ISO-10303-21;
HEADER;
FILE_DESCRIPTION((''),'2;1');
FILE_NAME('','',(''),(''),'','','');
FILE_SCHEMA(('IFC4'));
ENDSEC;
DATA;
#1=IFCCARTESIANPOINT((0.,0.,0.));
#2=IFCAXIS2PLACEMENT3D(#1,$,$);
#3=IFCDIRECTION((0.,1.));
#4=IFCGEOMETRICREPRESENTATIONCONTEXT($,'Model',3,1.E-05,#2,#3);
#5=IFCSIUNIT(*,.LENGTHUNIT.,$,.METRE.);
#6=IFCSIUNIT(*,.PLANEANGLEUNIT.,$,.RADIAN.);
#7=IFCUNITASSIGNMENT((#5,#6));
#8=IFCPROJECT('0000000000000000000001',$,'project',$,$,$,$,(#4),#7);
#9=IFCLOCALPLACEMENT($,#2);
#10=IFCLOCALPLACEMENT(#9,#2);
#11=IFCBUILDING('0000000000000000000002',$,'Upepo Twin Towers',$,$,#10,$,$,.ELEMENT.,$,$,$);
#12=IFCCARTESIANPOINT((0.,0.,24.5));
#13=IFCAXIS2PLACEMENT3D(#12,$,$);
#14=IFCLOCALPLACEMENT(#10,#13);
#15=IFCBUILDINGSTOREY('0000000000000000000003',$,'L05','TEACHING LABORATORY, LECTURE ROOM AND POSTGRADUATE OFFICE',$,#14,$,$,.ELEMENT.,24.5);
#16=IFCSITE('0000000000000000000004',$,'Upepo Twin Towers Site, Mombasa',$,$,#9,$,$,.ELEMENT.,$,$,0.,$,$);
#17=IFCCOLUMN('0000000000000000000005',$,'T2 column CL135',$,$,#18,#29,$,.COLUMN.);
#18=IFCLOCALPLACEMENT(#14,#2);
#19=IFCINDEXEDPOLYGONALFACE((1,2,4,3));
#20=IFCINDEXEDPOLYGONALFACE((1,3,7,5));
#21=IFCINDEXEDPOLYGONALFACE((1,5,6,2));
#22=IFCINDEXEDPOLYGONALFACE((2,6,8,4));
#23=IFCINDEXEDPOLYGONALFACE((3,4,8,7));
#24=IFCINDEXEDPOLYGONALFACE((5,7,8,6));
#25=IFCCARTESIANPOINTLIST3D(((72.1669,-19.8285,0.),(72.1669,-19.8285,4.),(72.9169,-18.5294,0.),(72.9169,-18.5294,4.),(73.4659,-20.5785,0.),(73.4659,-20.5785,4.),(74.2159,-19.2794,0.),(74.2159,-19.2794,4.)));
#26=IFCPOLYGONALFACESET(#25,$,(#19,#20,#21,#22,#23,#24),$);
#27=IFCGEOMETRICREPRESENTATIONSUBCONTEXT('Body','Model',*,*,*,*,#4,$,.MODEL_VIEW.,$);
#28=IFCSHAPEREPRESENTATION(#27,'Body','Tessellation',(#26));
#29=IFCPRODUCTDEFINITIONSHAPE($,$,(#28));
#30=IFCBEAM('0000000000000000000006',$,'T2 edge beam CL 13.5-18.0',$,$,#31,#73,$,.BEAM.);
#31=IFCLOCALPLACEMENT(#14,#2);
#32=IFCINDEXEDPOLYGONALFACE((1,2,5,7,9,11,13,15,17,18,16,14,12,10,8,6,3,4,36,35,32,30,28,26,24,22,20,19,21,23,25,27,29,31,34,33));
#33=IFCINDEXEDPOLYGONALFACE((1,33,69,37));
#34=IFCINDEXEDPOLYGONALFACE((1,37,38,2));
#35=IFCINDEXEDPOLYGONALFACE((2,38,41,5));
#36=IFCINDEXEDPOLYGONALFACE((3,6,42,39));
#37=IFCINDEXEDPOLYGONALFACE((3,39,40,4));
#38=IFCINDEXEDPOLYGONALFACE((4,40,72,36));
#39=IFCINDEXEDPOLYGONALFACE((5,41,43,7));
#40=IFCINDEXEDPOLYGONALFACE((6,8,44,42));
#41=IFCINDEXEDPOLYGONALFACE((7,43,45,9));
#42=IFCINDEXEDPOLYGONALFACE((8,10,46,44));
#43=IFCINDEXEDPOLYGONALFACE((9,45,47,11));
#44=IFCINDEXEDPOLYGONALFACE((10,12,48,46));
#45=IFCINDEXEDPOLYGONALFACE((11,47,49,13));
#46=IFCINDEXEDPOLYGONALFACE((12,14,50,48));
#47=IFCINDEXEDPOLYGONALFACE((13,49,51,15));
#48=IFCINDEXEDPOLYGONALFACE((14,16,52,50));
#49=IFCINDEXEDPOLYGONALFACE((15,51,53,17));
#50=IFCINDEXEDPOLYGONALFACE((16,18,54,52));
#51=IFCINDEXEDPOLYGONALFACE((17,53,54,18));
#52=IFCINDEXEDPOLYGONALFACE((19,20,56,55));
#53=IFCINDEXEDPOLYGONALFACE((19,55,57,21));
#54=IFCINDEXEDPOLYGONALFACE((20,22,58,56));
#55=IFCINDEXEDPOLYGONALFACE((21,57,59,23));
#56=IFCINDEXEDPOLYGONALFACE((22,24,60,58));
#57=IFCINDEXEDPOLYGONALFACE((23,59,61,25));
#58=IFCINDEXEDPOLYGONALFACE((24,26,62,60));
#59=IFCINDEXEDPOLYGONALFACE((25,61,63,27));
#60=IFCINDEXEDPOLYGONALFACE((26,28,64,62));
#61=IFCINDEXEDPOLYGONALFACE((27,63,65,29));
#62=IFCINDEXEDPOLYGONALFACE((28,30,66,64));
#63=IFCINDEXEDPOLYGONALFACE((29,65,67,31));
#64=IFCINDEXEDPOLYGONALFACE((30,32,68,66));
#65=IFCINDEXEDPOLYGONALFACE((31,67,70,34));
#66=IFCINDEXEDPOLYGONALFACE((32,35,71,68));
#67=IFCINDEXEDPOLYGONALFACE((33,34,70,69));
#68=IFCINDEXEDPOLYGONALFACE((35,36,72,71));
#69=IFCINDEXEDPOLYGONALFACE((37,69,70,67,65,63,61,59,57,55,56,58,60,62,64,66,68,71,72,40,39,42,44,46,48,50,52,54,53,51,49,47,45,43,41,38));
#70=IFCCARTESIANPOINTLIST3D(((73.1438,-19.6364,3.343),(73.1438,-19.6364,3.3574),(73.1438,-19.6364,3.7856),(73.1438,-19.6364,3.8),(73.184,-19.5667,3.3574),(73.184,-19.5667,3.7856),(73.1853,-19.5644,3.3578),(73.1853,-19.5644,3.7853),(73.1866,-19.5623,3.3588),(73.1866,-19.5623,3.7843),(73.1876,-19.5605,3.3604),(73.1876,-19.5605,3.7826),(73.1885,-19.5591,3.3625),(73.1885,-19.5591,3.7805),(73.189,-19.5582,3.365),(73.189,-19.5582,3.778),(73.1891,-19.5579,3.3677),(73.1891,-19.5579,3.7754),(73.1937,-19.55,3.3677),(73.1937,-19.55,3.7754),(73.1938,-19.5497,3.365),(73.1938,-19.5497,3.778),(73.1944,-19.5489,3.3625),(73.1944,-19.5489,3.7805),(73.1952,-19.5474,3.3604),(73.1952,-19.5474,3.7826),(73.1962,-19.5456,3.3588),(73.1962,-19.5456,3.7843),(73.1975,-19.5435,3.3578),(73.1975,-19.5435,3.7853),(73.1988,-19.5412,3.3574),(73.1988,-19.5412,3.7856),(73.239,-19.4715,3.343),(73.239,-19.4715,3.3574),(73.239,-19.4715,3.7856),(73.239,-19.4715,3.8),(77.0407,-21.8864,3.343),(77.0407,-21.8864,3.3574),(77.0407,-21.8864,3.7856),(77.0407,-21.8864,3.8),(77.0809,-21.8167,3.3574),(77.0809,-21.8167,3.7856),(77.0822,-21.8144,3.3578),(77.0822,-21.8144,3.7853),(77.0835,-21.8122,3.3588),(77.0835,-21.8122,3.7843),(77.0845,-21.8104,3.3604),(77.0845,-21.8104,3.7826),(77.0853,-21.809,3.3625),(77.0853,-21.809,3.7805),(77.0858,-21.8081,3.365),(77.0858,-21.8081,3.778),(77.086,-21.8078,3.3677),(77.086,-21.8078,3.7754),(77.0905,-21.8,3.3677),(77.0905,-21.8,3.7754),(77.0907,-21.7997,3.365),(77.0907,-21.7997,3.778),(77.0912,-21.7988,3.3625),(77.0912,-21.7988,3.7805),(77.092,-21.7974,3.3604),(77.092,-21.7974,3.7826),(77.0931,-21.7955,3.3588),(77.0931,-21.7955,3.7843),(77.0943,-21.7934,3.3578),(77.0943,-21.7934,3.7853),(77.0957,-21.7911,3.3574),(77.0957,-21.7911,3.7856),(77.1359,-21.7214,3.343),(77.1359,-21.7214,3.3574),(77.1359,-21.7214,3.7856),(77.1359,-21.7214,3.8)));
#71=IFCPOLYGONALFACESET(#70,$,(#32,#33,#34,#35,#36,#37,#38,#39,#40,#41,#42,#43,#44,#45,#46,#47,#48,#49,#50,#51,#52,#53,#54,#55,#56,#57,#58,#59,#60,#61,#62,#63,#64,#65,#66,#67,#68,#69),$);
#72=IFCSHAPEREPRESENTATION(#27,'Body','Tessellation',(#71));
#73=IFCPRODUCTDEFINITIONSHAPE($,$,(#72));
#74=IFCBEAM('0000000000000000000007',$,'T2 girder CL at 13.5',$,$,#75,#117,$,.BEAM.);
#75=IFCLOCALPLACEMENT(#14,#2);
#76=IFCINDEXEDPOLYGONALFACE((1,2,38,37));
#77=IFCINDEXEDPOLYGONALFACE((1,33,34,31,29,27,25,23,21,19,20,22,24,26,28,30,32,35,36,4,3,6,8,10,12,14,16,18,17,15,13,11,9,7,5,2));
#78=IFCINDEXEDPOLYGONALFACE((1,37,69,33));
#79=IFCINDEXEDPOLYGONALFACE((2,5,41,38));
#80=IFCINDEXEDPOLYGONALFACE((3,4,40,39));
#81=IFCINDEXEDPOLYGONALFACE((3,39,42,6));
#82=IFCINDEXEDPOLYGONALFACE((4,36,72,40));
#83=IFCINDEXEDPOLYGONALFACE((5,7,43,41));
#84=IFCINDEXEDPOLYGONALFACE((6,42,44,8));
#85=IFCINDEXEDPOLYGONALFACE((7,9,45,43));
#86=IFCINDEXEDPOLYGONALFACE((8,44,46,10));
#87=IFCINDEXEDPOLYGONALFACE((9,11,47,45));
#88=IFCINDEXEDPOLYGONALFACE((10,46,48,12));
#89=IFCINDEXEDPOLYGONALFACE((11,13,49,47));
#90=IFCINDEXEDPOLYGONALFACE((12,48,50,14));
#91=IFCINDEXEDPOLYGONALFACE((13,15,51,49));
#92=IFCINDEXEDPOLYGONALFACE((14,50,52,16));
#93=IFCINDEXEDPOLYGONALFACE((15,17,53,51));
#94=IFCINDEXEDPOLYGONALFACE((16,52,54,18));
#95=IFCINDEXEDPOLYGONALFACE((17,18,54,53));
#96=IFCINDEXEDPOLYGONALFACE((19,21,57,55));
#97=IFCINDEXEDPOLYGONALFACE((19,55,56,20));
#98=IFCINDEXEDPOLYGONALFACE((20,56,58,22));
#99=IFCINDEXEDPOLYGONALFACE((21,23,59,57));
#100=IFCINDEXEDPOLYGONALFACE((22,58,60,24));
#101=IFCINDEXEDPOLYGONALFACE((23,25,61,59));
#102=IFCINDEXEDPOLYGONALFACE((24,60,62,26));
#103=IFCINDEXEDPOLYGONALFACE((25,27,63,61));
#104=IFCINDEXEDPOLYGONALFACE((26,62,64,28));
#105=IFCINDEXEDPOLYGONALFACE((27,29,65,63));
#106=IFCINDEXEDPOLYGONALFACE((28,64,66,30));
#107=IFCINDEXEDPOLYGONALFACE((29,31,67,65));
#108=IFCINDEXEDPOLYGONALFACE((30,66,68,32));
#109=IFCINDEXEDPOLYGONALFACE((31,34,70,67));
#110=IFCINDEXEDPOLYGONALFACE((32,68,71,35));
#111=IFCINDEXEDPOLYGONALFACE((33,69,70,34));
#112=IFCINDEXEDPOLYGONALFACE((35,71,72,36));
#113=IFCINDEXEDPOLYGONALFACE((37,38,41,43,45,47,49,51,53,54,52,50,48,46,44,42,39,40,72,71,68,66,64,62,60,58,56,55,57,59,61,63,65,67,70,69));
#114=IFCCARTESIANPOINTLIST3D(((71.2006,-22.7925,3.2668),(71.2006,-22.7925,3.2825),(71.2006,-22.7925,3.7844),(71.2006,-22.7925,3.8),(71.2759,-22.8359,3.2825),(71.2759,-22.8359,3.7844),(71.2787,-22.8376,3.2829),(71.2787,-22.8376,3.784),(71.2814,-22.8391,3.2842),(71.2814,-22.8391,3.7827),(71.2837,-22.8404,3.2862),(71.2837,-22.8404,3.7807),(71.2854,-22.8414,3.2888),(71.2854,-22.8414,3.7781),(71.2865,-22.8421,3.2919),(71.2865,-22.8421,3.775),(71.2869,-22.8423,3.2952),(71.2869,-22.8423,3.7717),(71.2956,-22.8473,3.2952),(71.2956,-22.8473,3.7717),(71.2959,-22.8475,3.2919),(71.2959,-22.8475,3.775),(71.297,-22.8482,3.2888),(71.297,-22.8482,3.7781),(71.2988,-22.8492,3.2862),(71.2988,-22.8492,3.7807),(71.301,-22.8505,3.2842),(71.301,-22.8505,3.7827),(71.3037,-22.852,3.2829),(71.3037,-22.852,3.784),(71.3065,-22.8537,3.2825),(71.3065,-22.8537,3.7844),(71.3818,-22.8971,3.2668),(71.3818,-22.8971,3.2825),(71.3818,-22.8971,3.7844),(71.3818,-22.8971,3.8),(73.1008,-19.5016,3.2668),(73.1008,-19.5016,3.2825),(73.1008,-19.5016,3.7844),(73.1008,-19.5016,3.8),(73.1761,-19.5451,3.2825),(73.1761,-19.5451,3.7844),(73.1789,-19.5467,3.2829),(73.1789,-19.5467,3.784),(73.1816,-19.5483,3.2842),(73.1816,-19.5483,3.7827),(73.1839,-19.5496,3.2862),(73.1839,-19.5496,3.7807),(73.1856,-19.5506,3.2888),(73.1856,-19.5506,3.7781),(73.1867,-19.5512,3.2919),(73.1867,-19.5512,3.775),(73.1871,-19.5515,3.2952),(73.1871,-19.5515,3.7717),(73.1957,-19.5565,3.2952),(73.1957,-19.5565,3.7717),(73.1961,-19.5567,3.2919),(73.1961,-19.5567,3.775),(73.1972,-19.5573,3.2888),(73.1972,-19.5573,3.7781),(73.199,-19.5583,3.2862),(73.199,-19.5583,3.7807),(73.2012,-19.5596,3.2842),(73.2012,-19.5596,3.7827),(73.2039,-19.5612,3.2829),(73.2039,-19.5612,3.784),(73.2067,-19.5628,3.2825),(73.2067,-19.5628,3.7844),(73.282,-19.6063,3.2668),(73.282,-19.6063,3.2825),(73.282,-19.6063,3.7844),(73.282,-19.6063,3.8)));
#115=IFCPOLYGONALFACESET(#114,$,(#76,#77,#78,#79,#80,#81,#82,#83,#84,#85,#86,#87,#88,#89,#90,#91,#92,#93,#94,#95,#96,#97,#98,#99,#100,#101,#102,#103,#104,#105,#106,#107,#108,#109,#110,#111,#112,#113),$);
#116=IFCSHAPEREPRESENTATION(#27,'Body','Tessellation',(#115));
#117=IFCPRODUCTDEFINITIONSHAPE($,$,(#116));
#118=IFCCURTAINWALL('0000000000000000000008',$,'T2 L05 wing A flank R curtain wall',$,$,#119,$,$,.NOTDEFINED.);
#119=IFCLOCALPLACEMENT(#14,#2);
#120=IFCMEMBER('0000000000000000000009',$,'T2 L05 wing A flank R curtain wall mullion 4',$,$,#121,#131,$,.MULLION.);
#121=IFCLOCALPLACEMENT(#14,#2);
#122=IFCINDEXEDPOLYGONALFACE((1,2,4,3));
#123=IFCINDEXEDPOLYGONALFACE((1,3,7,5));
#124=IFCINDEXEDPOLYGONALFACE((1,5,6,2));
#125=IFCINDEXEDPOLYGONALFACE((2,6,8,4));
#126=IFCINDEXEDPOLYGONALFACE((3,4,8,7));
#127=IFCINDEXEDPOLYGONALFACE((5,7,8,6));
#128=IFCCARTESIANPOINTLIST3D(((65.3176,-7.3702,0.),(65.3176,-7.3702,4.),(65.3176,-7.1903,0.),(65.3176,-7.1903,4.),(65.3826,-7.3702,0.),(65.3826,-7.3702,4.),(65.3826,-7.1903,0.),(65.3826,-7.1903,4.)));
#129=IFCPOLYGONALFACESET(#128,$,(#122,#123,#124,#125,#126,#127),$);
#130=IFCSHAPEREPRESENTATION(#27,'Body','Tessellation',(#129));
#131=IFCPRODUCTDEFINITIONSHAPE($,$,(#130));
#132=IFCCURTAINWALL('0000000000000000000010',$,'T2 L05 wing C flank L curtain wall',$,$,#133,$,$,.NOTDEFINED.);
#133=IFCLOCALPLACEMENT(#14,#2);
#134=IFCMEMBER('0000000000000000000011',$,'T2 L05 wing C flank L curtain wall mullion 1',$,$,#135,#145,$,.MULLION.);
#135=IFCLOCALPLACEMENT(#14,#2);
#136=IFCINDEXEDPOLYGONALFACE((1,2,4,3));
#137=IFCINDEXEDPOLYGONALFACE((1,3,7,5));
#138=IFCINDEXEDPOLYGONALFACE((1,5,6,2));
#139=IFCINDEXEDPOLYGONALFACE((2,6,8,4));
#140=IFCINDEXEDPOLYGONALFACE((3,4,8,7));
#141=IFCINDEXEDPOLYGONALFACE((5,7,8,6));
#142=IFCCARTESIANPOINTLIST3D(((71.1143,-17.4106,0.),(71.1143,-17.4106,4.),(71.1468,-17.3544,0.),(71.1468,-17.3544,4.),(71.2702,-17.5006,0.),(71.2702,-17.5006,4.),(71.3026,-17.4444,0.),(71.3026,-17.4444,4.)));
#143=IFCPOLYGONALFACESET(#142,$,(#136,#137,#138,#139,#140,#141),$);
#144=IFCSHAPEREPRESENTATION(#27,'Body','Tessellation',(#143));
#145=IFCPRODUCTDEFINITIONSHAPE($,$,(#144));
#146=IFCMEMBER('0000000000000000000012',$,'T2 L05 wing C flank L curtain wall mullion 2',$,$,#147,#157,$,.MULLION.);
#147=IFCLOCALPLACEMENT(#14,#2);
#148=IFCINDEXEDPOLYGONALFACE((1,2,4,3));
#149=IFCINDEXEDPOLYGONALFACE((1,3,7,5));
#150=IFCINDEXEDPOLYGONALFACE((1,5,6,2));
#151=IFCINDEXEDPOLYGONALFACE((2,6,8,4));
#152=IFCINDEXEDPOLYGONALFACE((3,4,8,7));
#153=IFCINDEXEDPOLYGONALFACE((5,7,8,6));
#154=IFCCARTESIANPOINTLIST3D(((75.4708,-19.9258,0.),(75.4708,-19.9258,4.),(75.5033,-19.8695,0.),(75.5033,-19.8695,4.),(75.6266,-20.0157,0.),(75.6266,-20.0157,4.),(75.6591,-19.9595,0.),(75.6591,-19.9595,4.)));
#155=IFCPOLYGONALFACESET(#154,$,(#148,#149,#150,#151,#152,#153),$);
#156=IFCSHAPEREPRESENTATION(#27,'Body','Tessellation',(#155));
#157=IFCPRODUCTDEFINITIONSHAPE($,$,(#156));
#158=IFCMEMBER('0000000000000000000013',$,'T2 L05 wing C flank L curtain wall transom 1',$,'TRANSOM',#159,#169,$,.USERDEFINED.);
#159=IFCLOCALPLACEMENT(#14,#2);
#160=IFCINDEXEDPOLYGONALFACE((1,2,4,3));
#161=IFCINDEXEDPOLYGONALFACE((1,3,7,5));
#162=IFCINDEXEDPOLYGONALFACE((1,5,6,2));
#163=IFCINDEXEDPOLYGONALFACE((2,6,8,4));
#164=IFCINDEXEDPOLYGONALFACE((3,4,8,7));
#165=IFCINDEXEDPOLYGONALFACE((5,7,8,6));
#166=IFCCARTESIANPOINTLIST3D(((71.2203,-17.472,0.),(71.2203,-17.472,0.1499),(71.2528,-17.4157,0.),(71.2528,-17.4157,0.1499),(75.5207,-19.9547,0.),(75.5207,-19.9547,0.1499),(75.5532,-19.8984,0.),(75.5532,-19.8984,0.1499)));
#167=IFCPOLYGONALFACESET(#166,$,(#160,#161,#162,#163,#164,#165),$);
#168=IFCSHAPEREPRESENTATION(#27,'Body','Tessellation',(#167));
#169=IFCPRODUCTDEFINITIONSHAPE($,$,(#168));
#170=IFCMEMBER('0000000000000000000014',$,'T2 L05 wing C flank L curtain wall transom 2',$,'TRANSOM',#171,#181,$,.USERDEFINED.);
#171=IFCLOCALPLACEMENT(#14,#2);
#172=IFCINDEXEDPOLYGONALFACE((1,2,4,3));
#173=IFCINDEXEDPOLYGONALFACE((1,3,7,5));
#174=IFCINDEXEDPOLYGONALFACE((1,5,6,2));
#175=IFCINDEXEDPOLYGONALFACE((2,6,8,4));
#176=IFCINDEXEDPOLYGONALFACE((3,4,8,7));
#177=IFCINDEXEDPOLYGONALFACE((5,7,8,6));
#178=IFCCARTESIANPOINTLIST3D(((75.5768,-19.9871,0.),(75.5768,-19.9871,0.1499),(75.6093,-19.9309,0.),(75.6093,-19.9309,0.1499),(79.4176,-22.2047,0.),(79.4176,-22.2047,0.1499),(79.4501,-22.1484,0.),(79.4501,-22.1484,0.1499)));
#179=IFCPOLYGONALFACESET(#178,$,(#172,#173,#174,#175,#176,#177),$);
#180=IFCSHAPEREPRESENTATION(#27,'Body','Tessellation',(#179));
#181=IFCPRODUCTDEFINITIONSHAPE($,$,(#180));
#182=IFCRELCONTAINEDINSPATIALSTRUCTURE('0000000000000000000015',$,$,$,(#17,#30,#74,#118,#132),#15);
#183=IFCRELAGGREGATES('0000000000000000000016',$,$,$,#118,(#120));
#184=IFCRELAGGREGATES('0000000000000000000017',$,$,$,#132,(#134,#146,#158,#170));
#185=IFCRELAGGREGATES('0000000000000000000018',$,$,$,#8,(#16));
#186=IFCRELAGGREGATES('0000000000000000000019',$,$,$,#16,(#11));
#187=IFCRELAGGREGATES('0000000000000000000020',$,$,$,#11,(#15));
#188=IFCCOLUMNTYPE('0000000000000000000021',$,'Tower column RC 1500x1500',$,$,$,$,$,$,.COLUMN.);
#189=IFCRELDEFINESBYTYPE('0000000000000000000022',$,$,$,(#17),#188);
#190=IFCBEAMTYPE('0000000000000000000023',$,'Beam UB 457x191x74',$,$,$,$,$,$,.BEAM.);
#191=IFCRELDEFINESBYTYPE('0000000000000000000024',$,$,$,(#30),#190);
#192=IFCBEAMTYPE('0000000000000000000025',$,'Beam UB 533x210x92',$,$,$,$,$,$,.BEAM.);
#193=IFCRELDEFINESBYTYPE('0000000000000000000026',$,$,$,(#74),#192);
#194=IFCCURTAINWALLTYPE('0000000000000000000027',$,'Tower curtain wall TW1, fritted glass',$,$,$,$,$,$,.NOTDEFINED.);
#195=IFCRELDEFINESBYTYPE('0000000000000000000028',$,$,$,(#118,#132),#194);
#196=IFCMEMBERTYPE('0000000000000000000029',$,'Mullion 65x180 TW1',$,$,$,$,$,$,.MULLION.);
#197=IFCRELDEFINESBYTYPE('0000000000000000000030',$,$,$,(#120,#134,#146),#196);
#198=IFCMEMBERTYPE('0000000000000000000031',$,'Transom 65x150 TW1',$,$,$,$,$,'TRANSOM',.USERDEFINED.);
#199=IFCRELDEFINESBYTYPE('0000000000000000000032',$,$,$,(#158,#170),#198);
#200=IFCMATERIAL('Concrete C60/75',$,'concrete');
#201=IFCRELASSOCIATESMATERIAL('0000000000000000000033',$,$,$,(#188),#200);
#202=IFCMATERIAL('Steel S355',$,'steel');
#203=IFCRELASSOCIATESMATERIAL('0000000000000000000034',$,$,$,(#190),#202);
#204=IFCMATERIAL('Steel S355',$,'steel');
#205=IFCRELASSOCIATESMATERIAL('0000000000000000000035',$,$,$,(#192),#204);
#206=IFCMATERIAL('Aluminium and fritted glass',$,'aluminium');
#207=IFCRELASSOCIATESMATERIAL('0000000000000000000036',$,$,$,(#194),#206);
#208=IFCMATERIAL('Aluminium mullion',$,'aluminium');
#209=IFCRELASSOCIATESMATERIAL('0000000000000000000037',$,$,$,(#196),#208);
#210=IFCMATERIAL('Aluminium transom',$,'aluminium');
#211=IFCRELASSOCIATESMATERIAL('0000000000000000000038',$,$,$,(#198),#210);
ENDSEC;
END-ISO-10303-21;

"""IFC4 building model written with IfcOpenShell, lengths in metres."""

from ifc_helpers import new_model, si_unit, direction, frame, origin, origin_2d, place, context, subcontext, project, spatial, rectangle, i_section, extrude, material, material_profile, profile_set, type_object, element, aggregate, save


model = new_model("IFC4")

# Units and contexts
model_context = context("Model", 3, precision=1e-05, world=origin(), true_north=direction((0.0, 1.0)))
body_context = subcontext(model_context, "Body", "Model", "MODEL_VIEW")
ifc_project = project(units=[si_unit("LENGTHUNIT", "METRE"), si_unit("PLANEANGLEUNIT", "RADIAN")], contexts=[model_context])

# Site, building, storey
site_placement = place(None, origin())
site = spatial("IfcSite", under=ifc_project, at=site_placement, Name="Upepo Twin Towers Site, Mombasa", CompositionType="ELEMENT", RefElevation=0.0)
building_placement = place(site_placement, origin())
building = spatial("IfcBuilding", under=site, at=building_placement, Name="Upepo Twin Towers", CompositionType="ELEMENT")
storey_placement = place(building_placement, frame((0.0, 0.0, 24.5)))
storey = spatial("IfcBuildingStorey", under=building, at=storey_placement, Name="L05", Description="TEACHING LABORATORY, LECTURE ROOM AND POSTGRADUATE OFFICE", CompositionType="ELEMENT", Elevation=24.5)

# Column
ifc_material_1 = material(Name="Concrete C60/75", Category="concrete")
ifc_material_profile_1 = material_profile(ifc_material_1, rectangle(XDim=1.5, YDim=1.5, at=origin_2d()), Name="RC 1500x1500")
ifc_profile_set_1 = profile_set([ifc_material_profile_1], Name="Concrete C60/75")
column_type = type_object("IfcColumnType", Name="Tower column RC 1500x1500", PredefinedType="COLUMN", material=ifc_profile_set_1)
column_placement = place(storey_placement, frame((73.1914, -19.554, 0.0), z_axis=(0.0, 0.0, 1.0), x_axis=(0.5, 0.866025, 0.0)))
element("IfcColumn", 1, at=column_placement, inside=storey, type_object=column_type, Name="T2 column CL135", PredefinedType="COLUMN", context=body_context, shape_type="SweptSolid", body=[
    extrude(rectangle(XDim=1.5, YDim=1.5, at=origin_2d()), origin(), (0.0, 0.0, 1.0), 4.0),
])

# Beams
ifc_material_2 = material(Name="Steel S355", Category="steel")
ifc_material_profile_2 = material_profile(ifc_material_2, i_section(OverallWidth=0.1904, OverallDepth=0.457, WebThickness=0.009, FlangeThickness=0.0144, FilletRadius=0.0103, at=origin_2d()), Name="UB 457x191x74")
ifc_profile_set_2 = profile_set([ifc_material_profile_2], Name="Steel S355")
beam_type_1 = type_object("IfcBeamType", Name="Beam UB 457x191x74", PredefinedType="BEAM", material=ifc_profile_set_2)
beam_1_placement = place(storey_placement, frame((73.1914, -19.554, 3.5715), z_axis=(0.866018, -0.500014, 0.0), x_axis=(0.500014, 0.866018, 0.0)))
element("IfcBeam", 2, at=beam_1_placement, inside=storey, type_object=beam_type_1, Name="T2 edge beam CL 13.5-18.0", PredefinedType="BEAM", context=body_context, shape_type="SweptSolid", body=[
    extrude(i_section(OverallWidth=0.1904, OverallDepth=0.457, WebThickness=0.009, FlangeThickness=0.0144, FilletRadius=0.0103, at=origin_2d()), origin(), (0.0, 0.0, 1.0), 4.4998),
])
ifc_material_3 = material(Name="Steel S355", Category="steel")
ifc_material_profile_3 = material_profile(ifc_material_3, i_section(OverallWidth=0.2092, OverallDepth=0.5332, WebThickness=0.01, FlangeThickness=0.0156, FilletRadius=0.0127, at=origin_2d()), Name="UB 533x210x92")
ifc_profile_set_3 = profile_set([ifc_material_profile_3], Name="Steel S355")
beam_type_2 = type_object("IfcBeamType", Name="Beam UB 533x210x92", PredefinedType="BEAM", material=ifc_profile_set_3)
beam_2_placement = place(storey_placement, frame((73.1914, -19.554, 3.5334), z_axis=(-0.500043, -0.866, 0.0), x_axis=(0.866, -0.500043, 0.0)))
element("IfcBeam", 3, at=beam_2_placement, inside=storey, type_object=beam_type_2, Name="T2 girder CL at 13.5", PredefinedType="BEAM", context=body_context, shape_type="SweptSolid", body=[
    extrude(i_section(OverallWidth=0.2092, OverallDepth=0.5332, WebThickness=0.01, FlangeThickness=0.0156, FilletRadius=0.0127, at=origin_2d()), origin(), (0.0, 0.0, 1.0), 3.8),
])

# Curtain wall, member
ifc_material_4 = material(Name="Aluminium and fritted glass", Category="aluminium")
curtain_wall_type = type_object("IfcCurtainWallType", Name="Tower curtain wall TW1, fritted glass", PredefinedType="NOTDEFINED", material=ifc_material_4)
curtain_wall_1_placement = place(storey_placement, origin())
curtain_wall_1 = element("IfcCurtainWall", 4, at=curtain_wall_1_placement, inside=storey, type_object=curtain_wall_type, Name="T2 L05 wing A flank R curtain wall", PredefinedType="NOTDEFINED")
ifc_material_5 = material(Name="Aluminium mullion", Category="aluminium")
ifc_material_profile_4 = material_profile(ifc_material_5, rectangle(XDim=0.0649, YDim=0.1799, at=origin_2d()), Name="MULLION 65x180")
ifc_profile_set_4 = profile_set([ifc_material_profile_4], Name="Aluminium mullion")
member_type_1 = type_object("IfcMemberType", Name="Mullion 65x180 TW1", PredefinedType="MULLION", material=ifc_profile_set_4)
member_1_placement = place(storey_placement, frame((65.3501, -7.2803, 0.0), z_axis=(0.0, 0.0, 1.0), x_axis=(1.0, 0.0, 0.0)))
member_1 = element("IfcMember", 5, at=member_1_placement, type_object=member_type_1, Name="T2 L05 wing A flank R curtain wall mullion 4", PredefinedType="MULLION", context=body_context, shape_type="SweptSolid", body=[
    extrude(rectangle(XDim=0.0649, YDim=0.1799, at=origin_2d()), origin(), (0.0, 0.0, 1.0), 4.0),
])

# Curtain wall, members
curtain_wall_2_placement = place(storey_placement, origin())
curtain_wall_2 = element("IfcCurtainWall", 6, at=curtain_wall_2_placement, inside=storey, type_object=curtain_wall_type, Name="T2 L05 wing C flank L curtain wall", PredefinedType="NOTDEFINED")
member_2_placement = place(storey_placement, frame((71.2085, -17.4275, 0.0), z_axis=(0.0, 0.0, 1.0), x_axis=(0.5, 0.866025, 0.0)))
member_2 = element("IfcMember", 7, at=member_2_placement, type_object=member_type_1, Name="T2 L05 wing C flank L curtain wall mullion 1", PredefinedType="MULLION", context=body_context, shape_type="SweptSolid", body=[
    extrude(rectangle(XDim=0.0649, YDim=0.1799, at=origin_2d()), origin(), (0.0, 0.0, 1.0), 4.0),
])
member_3_placement = place(storey_placement, frame((75.5649, -19.9426, 0.0), z_axis=(0.0, 0.0, 1.0), x_axis=(0.5, 0.866025, 0.0)))
member_3 = element("IfcMember", 8, at=member_3_placement, type_object=member_type_1, Name="T2 L05 wing C flank L curtain wall mullion 2", PredefinedType="MULLION", context=body_context, shape_type="SweptSolid", body=[
    extrude(rectangle(XDim=0.0649, YDim=0.1799, at=origin_2d()), origin(), (0.0, 0.0, 1.0), 4.0),
])
ifc_material_6 = material(Name="Aluminium transom", Category="aluminium")
ifc_material_profile_5 = material_profile(ifc_material_6, rectangle(XDim=0.0649, YDim=0.1499, at=origin_2d()), Name="TRANSOM 65x150")
ifc_profile_set_5 = profile_set([ifc_material_profile_5], Name="Aluminium transom")
member_type_2 = type_object("IfcMemberType", Name="Transom 65x150 TW1", ElementType="TRANSOM", PredefinedType="USERDEFINED", material=ifc_profile_set_5)
member_4_placement = place(storey_placement, frame((71.2366, -17.4438, 0.075), z_axis=(0.866035, -0.499983, 0.0), x_axis=(0.499983, 0.866035, 0.0)))
member_4 = element("IfcMember", 9, at=member_4_placement, type_object=member_type_2, Name="T2 L05 wing C flank L curtain wall transom 1", ObjectType="TRANSOM", PredefinedType="USERDEFINED", context=body_context, shape_type="SweptSolid", body=[
    extrude(rectangle(XDim=0.0649, YDim=0.1499, at=origin_2d()), origin(), (0.0, 0.0, 1.0), 4.9656),
])
member_5_placement = place(storey_placement, frame((75.593, -19.959, 0.075), z_axis=(0.866022, -0.500005, 0.0), x_axis=(0.500005, 0.866022, 0.0)))
member_5 = element("IfcMember", 10, at=member_5_placement, type_object=member_type_2, Name="T2 L05 wing C flank L curtain wall transom 2", ObjectType="TRANSOM", PredefinedType="USERDEFINED", context=body_context, shape_type="SweptSolid", body=[
    extrude(rectangle(XDim=0.0649, YDim=0.1499, at=origin_2d()), origin(), (0.0, 0.0, 1.0), 4.4351),
])

aggregate(curtain_wall_1, [member_1])
aggregate(curtain_wall_2, [member_2, member_3, member_4, member_5])

save(model, "model.ifc")
